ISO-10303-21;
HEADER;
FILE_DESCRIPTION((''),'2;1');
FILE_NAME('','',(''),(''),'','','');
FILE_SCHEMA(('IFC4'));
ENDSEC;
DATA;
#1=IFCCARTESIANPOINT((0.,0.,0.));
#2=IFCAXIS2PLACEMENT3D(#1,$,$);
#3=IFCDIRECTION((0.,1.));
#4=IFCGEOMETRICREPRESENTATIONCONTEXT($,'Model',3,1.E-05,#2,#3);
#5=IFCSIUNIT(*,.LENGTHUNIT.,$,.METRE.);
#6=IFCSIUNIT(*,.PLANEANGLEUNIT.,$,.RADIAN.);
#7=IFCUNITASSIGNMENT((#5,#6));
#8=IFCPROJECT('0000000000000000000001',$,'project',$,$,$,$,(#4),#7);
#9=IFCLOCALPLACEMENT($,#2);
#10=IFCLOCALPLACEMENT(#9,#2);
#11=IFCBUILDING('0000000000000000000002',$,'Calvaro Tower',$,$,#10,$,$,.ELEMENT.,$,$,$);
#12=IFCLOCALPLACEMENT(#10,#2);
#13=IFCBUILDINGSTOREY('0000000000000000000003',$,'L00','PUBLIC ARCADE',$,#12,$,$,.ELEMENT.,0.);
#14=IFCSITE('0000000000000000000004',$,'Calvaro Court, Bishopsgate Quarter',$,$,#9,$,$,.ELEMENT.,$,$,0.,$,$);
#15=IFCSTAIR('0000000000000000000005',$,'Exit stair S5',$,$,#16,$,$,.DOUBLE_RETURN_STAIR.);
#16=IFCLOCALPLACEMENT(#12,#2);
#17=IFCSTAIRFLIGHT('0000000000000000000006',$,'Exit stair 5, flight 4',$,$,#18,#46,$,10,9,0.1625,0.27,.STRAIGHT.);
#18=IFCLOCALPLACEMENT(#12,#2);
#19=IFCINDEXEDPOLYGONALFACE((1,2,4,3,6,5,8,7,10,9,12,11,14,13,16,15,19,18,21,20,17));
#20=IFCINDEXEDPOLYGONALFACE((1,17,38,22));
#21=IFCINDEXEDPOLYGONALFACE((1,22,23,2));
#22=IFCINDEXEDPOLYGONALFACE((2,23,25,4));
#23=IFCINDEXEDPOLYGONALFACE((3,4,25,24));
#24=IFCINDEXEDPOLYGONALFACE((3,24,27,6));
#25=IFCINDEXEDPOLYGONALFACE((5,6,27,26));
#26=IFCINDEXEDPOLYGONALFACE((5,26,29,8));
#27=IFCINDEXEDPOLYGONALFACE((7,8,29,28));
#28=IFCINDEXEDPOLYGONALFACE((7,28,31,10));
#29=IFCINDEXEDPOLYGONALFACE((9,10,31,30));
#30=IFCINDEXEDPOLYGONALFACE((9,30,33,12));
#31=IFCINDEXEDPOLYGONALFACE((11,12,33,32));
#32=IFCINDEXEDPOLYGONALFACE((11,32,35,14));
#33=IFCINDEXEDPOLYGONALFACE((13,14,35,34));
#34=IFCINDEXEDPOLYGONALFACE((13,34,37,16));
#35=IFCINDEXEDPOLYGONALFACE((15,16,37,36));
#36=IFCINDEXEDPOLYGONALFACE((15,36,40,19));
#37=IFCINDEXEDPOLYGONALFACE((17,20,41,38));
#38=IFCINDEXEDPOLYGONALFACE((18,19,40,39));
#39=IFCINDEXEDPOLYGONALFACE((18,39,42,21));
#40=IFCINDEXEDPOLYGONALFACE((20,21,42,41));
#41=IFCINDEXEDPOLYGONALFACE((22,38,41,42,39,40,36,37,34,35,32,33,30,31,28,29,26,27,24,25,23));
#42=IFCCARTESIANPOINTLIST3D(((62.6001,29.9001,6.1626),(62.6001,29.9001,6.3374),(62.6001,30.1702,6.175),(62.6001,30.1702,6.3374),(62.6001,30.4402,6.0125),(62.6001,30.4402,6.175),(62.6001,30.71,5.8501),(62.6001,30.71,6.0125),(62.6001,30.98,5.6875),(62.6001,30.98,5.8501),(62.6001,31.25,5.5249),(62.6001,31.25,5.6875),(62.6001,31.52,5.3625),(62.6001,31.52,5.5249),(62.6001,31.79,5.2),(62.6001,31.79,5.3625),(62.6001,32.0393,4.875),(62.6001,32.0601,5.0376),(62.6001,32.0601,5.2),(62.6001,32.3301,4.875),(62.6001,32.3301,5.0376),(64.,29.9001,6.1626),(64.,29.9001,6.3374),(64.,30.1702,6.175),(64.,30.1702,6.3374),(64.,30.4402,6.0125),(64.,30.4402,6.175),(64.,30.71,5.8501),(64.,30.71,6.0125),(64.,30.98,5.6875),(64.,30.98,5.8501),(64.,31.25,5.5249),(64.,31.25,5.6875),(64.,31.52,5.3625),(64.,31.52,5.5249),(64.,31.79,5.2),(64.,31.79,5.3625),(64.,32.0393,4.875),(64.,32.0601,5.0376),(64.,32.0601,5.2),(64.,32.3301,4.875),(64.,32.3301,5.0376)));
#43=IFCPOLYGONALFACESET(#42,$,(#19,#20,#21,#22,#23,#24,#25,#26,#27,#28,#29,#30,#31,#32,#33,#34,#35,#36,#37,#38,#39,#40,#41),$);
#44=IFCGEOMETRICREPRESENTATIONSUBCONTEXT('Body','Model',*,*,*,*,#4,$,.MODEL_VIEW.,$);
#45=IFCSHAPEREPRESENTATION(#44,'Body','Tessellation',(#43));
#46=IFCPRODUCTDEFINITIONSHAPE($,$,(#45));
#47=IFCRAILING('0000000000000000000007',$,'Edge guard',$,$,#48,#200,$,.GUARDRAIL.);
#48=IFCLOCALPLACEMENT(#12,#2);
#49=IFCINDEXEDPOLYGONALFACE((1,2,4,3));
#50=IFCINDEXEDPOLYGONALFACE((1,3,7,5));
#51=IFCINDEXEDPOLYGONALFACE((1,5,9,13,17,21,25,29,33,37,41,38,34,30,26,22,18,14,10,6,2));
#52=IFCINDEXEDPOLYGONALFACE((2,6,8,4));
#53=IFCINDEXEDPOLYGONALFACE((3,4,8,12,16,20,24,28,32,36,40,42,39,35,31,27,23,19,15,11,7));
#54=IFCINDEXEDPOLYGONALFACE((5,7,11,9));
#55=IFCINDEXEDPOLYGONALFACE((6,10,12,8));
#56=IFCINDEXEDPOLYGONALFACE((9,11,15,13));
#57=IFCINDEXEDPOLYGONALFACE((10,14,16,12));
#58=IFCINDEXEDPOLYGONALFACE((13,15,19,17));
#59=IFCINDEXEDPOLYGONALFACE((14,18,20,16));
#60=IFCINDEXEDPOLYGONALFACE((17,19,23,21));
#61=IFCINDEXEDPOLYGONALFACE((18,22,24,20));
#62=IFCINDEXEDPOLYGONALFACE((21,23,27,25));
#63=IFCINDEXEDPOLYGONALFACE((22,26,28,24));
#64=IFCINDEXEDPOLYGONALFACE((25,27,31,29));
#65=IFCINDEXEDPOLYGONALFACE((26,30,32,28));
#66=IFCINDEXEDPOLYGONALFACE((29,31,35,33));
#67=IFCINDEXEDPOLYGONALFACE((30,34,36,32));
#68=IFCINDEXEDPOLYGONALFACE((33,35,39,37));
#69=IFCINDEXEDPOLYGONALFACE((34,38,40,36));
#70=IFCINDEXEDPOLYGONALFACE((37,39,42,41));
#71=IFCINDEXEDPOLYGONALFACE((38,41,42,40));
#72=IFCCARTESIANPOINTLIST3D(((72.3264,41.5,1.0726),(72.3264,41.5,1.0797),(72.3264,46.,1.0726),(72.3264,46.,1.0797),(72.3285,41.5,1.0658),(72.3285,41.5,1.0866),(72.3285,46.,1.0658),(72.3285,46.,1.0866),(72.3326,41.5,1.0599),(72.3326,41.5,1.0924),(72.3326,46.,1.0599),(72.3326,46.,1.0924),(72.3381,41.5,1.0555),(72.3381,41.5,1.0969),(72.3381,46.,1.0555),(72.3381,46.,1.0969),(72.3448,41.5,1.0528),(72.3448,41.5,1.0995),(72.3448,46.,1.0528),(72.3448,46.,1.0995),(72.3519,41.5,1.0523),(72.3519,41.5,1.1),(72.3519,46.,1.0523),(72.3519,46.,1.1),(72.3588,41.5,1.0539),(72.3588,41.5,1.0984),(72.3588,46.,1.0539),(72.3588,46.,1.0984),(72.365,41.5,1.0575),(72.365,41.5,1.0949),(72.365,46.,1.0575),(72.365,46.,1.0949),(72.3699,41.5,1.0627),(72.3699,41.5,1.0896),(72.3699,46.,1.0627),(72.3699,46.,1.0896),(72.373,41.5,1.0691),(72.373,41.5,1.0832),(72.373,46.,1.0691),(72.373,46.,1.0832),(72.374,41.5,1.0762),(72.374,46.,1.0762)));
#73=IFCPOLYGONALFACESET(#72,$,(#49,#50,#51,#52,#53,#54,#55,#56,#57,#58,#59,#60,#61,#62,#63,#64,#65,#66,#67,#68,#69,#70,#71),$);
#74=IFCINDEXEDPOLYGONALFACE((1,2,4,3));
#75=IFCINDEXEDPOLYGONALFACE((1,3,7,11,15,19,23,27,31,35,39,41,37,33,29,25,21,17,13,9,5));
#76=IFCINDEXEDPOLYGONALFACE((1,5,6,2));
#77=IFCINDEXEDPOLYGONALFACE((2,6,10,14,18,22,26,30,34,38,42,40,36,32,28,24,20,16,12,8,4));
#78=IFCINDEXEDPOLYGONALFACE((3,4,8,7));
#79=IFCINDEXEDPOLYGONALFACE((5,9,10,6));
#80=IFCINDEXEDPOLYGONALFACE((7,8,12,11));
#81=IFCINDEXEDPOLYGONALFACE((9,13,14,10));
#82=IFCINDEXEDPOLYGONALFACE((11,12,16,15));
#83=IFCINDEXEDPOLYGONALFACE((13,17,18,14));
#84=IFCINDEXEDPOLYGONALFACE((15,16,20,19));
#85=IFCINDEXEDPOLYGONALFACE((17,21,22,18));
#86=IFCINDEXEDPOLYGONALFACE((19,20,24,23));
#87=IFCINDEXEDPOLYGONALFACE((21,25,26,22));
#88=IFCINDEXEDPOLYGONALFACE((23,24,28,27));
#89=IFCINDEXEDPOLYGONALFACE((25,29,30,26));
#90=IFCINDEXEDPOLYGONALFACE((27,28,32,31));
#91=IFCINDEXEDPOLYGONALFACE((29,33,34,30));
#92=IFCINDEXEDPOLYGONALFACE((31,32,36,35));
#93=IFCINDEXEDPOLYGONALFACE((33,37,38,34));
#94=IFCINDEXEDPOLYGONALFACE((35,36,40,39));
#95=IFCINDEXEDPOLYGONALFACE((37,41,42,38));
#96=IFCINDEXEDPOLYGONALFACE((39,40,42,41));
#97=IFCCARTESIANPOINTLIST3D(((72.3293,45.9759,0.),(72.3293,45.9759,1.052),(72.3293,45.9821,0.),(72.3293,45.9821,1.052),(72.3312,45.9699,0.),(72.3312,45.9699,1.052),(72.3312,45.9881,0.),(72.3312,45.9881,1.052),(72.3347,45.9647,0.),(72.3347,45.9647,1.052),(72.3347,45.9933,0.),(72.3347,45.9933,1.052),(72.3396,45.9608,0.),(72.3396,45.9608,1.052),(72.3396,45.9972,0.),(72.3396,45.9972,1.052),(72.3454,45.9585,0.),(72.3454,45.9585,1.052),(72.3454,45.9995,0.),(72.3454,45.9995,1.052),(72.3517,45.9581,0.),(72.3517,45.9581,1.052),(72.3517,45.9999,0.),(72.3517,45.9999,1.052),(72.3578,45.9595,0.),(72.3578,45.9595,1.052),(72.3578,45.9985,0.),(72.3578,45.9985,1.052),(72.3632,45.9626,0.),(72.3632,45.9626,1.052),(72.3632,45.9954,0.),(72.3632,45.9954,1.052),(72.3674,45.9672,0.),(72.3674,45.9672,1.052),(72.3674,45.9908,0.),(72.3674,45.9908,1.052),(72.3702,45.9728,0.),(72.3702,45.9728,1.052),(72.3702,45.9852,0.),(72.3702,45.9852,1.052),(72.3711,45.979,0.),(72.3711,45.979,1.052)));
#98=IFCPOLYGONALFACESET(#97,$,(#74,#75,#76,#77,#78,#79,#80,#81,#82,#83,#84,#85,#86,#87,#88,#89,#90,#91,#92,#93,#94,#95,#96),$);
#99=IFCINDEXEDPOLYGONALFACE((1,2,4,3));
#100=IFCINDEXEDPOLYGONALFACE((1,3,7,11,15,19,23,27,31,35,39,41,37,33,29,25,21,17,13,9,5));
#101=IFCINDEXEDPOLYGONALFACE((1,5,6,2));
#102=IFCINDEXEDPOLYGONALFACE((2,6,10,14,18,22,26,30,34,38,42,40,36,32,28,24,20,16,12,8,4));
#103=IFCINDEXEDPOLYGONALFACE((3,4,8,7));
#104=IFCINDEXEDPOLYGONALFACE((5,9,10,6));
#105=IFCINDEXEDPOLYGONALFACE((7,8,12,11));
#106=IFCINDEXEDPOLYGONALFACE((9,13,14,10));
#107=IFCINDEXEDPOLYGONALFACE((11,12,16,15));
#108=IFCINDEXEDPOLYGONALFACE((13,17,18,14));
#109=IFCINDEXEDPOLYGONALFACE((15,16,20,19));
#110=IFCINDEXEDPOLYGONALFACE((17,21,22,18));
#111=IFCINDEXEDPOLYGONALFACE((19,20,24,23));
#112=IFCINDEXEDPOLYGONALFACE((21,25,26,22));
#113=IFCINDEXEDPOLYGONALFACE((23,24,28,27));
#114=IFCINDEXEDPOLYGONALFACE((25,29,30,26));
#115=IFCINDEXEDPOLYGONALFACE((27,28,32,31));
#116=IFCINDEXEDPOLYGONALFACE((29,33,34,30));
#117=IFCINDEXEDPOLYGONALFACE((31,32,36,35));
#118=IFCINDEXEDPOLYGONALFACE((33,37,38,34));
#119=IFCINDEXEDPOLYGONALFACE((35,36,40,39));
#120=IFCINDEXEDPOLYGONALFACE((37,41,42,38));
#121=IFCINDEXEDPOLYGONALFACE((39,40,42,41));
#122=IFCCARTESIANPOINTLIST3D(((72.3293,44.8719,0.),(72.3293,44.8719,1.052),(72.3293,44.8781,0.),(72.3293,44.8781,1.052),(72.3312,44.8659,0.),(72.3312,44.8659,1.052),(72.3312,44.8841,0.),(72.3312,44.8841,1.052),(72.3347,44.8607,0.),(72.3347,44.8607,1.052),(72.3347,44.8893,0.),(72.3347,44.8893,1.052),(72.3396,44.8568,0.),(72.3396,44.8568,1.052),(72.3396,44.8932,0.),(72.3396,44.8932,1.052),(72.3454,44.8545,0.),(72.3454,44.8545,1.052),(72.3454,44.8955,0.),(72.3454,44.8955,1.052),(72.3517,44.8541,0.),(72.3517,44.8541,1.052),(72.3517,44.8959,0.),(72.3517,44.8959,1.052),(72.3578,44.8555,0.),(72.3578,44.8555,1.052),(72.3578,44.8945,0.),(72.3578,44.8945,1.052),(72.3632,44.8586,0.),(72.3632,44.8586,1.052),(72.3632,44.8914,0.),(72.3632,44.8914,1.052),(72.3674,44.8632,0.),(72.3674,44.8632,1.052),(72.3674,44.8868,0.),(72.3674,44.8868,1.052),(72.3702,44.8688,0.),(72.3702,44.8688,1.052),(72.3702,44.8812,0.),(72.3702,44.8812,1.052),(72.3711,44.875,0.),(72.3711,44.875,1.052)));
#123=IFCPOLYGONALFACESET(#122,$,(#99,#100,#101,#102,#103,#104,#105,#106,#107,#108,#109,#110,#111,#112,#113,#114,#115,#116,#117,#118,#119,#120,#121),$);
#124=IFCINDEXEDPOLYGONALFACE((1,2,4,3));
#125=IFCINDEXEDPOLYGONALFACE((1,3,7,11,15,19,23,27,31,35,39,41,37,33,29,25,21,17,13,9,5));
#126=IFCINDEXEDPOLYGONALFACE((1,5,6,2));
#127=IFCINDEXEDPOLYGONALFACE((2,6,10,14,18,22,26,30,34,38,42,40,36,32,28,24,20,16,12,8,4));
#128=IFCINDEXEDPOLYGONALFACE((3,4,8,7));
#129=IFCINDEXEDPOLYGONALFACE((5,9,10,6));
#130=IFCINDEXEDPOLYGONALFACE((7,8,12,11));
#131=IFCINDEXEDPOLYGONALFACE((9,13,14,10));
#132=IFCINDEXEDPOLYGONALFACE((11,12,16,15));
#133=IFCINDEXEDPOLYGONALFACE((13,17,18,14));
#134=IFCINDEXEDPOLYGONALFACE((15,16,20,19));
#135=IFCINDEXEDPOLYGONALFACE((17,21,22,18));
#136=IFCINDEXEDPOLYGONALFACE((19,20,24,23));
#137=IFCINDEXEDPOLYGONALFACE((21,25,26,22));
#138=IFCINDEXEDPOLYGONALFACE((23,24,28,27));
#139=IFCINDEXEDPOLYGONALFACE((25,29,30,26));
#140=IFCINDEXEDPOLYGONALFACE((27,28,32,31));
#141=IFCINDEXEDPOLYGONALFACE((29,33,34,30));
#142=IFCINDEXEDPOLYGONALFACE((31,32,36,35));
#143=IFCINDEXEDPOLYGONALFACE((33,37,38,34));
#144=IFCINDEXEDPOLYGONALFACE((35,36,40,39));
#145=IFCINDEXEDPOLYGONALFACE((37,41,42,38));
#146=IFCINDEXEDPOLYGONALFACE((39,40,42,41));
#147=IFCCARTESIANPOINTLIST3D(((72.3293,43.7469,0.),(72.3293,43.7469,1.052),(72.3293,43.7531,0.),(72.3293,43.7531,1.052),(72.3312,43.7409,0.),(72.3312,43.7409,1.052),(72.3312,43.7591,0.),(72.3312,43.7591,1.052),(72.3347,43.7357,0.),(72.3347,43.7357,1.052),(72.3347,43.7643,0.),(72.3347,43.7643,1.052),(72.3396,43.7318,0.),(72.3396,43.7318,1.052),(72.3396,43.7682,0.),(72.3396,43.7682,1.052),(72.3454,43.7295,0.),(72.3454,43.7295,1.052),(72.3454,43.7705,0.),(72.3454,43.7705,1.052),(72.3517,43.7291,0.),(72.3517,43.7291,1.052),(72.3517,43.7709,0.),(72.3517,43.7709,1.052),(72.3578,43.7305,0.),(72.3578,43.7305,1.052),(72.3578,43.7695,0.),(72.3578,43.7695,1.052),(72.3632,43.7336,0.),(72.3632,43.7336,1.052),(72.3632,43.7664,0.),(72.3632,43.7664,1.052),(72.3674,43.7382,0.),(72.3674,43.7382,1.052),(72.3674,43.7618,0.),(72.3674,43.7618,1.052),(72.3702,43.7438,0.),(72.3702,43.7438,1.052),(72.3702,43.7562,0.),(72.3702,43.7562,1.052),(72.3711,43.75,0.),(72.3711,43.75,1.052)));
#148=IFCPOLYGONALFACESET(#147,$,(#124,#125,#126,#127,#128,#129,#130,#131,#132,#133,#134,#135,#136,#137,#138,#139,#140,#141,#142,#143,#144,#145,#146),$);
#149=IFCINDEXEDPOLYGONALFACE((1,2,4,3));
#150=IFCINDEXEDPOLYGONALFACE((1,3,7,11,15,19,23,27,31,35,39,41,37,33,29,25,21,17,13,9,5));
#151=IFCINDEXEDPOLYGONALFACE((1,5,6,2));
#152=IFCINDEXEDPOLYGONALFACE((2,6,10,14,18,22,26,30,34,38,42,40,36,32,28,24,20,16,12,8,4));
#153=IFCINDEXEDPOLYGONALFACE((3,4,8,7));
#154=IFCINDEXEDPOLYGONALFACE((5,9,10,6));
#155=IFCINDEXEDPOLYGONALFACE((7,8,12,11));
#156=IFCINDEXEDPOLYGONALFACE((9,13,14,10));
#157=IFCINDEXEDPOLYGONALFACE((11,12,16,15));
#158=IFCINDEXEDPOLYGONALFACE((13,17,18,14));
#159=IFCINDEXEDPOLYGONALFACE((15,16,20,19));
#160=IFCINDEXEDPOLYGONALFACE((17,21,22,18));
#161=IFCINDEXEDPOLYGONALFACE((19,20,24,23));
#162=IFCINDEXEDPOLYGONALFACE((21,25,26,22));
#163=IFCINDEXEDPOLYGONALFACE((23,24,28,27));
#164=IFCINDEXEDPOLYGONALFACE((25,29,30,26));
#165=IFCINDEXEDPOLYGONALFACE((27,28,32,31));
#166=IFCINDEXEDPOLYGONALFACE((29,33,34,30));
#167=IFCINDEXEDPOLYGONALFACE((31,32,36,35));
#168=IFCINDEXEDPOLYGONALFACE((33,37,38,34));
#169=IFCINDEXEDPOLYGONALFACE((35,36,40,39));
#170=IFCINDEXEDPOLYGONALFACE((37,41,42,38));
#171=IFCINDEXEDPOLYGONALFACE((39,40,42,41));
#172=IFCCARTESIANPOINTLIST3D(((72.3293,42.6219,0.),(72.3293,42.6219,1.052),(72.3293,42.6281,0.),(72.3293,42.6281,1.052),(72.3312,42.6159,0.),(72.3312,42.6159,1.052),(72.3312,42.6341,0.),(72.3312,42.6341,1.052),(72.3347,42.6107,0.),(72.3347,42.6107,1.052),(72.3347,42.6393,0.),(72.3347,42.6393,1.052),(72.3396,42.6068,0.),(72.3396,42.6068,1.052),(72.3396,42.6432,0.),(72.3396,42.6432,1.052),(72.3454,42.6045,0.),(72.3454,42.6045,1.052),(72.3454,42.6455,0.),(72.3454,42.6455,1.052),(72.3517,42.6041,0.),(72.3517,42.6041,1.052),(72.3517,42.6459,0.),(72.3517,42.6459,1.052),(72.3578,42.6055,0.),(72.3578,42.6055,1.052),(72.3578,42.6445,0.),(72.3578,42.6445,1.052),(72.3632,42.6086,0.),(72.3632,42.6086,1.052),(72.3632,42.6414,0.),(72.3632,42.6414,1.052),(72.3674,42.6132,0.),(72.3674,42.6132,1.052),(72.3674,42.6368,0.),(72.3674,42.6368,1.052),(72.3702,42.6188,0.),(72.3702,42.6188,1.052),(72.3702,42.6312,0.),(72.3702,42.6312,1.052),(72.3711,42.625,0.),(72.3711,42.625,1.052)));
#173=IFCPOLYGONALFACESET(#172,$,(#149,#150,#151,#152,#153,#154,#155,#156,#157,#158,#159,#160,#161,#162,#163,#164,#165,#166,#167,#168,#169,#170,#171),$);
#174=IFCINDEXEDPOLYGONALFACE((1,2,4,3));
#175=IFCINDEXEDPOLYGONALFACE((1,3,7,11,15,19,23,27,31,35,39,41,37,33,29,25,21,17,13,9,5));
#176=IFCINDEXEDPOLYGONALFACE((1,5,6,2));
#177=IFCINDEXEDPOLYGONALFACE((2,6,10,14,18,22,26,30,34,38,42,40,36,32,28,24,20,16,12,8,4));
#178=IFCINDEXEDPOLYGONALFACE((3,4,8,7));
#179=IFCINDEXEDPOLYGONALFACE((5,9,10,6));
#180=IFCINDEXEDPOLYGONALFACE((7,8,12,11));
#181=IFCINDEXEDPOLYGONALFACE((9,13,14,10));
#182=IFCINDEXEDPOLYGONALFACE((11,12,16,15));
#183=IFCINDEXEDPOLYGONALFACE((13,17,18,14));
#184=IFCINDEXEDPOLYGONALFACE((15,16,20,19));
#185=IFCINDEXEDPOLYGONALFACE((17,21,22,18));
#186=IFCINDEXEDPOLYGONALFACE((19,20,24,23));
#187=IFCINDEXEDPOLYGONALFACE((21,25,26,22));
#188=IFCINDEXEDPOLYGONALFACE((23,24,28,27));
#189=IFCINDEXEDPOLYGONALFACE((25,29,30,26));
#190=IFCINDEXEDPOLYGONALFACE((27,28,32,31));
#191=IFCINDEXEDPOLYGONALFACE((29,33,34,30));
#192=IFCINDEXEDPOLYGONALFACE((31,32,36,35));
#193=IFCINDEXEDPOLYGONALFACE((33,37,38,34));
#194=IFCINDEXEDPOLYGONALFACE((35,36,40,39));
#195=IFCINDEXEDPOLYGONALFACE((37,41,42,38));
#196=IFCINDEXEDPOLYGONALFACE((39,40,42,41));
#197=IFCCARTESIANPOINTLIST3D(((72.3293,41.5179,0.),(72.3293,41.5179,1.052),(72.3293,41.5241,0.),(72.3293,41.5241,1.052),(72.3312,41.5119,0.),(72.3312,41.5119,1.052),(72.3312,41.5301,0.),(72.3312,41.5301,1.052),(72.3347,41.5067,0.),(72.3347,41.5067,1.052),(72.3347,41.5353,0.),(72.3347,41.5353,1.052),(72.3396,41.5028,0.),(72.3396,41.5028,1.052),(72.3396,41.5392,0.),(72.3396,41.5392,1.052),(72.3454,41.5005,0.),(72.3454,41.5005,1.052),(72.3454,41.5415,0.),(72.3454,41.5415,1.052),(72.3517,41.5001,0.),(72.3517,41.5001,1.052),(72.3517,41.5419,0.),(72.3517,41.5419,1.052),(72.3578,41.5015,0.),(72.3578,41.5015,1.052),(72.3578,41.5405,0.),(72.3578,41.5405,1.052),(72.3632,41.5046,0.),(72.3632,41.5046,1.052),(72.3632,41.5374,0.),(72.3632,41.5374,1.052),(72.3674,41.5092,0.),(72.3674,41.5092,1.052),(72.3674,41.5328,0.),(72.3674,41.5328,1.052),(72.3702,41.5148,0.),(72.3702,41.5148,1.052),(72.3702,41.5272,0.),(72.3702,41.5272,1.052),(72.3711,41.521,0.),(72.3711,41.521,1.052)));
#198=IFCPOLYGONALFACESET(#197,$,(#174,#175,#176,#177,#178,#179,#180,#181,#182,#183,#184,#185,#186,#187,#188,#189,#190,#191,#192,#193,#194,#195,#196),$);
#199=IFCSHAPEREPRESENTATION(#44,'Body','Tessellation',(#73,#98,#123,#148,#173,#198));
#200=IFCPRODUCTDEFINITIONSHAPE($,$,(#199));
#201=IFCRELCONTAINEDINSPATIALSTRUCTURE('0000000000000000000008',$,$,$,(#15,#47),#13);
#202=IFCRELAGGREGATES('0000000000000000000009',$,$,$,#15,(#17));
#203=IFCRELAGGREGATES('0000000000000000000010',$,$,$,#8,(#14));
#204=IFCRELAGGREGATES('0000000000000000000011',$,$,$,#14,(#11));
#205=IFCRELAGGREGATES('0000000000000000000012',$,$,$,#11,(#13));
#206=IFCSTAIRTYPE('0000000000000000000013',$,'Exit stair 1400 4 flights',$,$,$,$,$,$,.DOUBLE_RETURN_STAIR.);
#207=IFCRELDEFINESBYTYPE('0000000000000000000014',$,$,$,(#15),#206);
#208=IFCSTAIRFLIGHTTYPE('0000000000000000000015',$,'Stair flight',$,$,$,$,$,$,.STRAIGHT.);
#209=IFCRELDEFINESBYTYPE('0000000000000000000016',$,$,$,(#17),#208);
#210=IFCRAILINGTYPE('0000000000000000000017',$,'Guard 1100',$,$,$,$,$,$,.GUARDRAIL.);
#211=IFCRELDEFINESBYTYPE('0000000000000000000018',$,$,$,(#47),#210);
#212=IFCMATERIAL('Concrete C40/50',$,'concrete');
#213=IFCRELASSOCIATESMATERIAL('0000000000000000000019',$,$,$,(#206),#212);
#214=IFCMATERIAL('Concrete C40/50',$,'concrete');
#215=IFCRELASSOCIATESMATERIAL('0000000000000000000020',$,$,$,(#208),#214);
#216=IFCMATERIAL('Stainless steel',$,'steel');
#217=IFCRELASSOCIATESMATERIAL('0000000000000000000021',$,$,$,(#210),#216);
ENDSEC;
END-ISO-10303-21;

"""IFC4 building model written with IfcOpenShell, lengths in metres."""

from ifc_helpers import new_model, si_unit, direction, frame, origin, origin_2d, place, context, subcontext, project, spatial, polyline, circle, outline, extrude, material, type_object, element, aggregate, save


model = new_model("IFC4")

# Units and contexts
model_context = context("Model", 3, precision=1e-05, world=origin(), true_north=direction((0.0, 1.0)))
body_context = subcontext(model_context, "Body", "Model", "MODEL_VIEW")
ifc_project = project(units=[si_unit("LENGTHUNIT", "METRE"), si_unit("PLANEANGLEUNIT", "RADIAN")], contexts=[model_context])

# Site, building, storey
site_placement = place(None, origin())
site = spatial("IfcSite", under=ifc_project, at=site_placement, Name="Calvaro Court, Bishopsgate Quarter", CompositionType="ELEMENT", RefElevation=0.0)
building_placement = place(site_placement, origin())
building = spatial("IfcBuilding", under=site, at=building_placement, Name="Calvaro Tower", CompositionType="ELEMENT")
storey_placement = place(building_placement, origin())
storey = spatial("IfcBuildingStorey", under=building, at=storey_placement, Name="L00", Description="PUBLIC ARCADE", CompositionType="ELEMENT", Elevation=0.0)

# Stair, stair flight
ifc_material_1 = material(Name="Concrete C40/50", Category="concrete")
stair_type = type_object("IfcStairType", Name="Exit stair 1400 4 flights", PredefinedType="DOUBLE_RETURN_STAIR", material=ifc_material_1)
stair_placement = place(storey_placement, origin())
stair = element("IfcStair", 1, at=stair_placement, inside=storey, type_object=stair_type, Name="Exit stair S5", PredefinedType="DOUBLE_RETURN_STAIR")
ifc_material_2 = material(Name="Concrete C40/50", Category="concrete")
stair_flight_type = type_object("IfcStairFlightType", Name="Stair flight", PredefinedType="STRAIGHT", material=ifc_material_2)
stair_flight_1_placement = place(storey_placement, frame((63.3, 32.3301, 4.875), z_axis=(0.0, 0.0, 1.0), x_axis=(0.0, -1.0, 0.0)))
stair_flight_1 = element("IfcStairFlight", 2, at=stair_flight_1_placement, type_object=stair_flight_type, Name="Exit stair 5, flight 4", NumberOfRisers=10, NumberOfTreads=9, PredefinedType="STRAIGHT", RiserHeight=0.1625, TreadLength=0.27, context=body_context, shape_type="SweptSolid", body=[
    extrude(outline(polyline([(0.0, 0.0), (0.0, 0.1626), (0.27, 0.1626), (0.27, 0.325), (0.54, 0.325), (0.54, 0.4875), (0.8101, 0.4875), (0.8101, 0.6499), (1.0801, 0.6499), (1.0801, 0.8125), (1.3501, 0.8125), (1.3501, 0.9751), (1.6201, 0.9751), (1.6201, 1.1375), (1.8899, 1.1375), (1.8899, 1.3), (2.1599, 1.3), (2.1599, 1.4624), (2.4299, 1.4624), (2.4299, 1.625), (2.4299, 1.2876), (0.2908, 0.0), (0.0, 0.0)])), frame((0.0, 0.7, 0.0), z_axis=(0.0, -1.0, 0.0), x_axis=(1.0, 0.0, 0.0)), (0.0, 0.0, 1.0), 1.3999),
])

# Railing
ifc_material_3 = material(Name="Stainless steel", Category="steel")
railing_type_1 = type_object("IfcRailingType", Name="Guard 1100", PredefinedType="GUARDRAIL", material=ifc_material_3)
railing_1_placement = place(storey_placement, frame((72.3501, 46.0, 0.0)))
element("IfcRailing", 3, at=railing_1_placement, inside=storey, type_object=railing_type_1, Name="Edge guard", PredefinedType="GUARDRAIL", context=body_context, shape_type="SweptSolid", body=[
    extrude(circle(Radius=0.0239, at=origin_2d()), frame((0.0, 0.0, 1.0762), z_axis=(0.0, -1.0, 0.0), x_axis=(1.0, 0.0, 0.0)), (0.0, 0.0, 1.0), 4.5),
    extrude(circle(Radius=0.021, at=origin_2d()), frame((0.0, -0.021, 0.0)), (0.0, 0.0, 1.0), 1.052),
    extrude(circle(Radius=0.021, at=origin_2d()), frame((0.0, -1.125, 0.0)), (0.0, 0.0, 1.0), 1.052),
    extrude(circle(Radius=0.021, at=origin_2d()), frame((0.0, -2.25, 0.0)), (0.0, 0.0, 1.0), 1.052),
    extrude(circle(Radius=0.021, at=origin_2d()), frame((0.0, -3.375, 0.0)), (0.0, 0.0, 1.0), 1.052),
    extrude(circle(Radius=0.021, at=origin_2d()), frame((0.0, -4.479, 0.0)), (0.0, 0.0, 1.0), 1.052),
])

aggregate(stair, [stair_flight_1])

save(model, "model.ifc")
